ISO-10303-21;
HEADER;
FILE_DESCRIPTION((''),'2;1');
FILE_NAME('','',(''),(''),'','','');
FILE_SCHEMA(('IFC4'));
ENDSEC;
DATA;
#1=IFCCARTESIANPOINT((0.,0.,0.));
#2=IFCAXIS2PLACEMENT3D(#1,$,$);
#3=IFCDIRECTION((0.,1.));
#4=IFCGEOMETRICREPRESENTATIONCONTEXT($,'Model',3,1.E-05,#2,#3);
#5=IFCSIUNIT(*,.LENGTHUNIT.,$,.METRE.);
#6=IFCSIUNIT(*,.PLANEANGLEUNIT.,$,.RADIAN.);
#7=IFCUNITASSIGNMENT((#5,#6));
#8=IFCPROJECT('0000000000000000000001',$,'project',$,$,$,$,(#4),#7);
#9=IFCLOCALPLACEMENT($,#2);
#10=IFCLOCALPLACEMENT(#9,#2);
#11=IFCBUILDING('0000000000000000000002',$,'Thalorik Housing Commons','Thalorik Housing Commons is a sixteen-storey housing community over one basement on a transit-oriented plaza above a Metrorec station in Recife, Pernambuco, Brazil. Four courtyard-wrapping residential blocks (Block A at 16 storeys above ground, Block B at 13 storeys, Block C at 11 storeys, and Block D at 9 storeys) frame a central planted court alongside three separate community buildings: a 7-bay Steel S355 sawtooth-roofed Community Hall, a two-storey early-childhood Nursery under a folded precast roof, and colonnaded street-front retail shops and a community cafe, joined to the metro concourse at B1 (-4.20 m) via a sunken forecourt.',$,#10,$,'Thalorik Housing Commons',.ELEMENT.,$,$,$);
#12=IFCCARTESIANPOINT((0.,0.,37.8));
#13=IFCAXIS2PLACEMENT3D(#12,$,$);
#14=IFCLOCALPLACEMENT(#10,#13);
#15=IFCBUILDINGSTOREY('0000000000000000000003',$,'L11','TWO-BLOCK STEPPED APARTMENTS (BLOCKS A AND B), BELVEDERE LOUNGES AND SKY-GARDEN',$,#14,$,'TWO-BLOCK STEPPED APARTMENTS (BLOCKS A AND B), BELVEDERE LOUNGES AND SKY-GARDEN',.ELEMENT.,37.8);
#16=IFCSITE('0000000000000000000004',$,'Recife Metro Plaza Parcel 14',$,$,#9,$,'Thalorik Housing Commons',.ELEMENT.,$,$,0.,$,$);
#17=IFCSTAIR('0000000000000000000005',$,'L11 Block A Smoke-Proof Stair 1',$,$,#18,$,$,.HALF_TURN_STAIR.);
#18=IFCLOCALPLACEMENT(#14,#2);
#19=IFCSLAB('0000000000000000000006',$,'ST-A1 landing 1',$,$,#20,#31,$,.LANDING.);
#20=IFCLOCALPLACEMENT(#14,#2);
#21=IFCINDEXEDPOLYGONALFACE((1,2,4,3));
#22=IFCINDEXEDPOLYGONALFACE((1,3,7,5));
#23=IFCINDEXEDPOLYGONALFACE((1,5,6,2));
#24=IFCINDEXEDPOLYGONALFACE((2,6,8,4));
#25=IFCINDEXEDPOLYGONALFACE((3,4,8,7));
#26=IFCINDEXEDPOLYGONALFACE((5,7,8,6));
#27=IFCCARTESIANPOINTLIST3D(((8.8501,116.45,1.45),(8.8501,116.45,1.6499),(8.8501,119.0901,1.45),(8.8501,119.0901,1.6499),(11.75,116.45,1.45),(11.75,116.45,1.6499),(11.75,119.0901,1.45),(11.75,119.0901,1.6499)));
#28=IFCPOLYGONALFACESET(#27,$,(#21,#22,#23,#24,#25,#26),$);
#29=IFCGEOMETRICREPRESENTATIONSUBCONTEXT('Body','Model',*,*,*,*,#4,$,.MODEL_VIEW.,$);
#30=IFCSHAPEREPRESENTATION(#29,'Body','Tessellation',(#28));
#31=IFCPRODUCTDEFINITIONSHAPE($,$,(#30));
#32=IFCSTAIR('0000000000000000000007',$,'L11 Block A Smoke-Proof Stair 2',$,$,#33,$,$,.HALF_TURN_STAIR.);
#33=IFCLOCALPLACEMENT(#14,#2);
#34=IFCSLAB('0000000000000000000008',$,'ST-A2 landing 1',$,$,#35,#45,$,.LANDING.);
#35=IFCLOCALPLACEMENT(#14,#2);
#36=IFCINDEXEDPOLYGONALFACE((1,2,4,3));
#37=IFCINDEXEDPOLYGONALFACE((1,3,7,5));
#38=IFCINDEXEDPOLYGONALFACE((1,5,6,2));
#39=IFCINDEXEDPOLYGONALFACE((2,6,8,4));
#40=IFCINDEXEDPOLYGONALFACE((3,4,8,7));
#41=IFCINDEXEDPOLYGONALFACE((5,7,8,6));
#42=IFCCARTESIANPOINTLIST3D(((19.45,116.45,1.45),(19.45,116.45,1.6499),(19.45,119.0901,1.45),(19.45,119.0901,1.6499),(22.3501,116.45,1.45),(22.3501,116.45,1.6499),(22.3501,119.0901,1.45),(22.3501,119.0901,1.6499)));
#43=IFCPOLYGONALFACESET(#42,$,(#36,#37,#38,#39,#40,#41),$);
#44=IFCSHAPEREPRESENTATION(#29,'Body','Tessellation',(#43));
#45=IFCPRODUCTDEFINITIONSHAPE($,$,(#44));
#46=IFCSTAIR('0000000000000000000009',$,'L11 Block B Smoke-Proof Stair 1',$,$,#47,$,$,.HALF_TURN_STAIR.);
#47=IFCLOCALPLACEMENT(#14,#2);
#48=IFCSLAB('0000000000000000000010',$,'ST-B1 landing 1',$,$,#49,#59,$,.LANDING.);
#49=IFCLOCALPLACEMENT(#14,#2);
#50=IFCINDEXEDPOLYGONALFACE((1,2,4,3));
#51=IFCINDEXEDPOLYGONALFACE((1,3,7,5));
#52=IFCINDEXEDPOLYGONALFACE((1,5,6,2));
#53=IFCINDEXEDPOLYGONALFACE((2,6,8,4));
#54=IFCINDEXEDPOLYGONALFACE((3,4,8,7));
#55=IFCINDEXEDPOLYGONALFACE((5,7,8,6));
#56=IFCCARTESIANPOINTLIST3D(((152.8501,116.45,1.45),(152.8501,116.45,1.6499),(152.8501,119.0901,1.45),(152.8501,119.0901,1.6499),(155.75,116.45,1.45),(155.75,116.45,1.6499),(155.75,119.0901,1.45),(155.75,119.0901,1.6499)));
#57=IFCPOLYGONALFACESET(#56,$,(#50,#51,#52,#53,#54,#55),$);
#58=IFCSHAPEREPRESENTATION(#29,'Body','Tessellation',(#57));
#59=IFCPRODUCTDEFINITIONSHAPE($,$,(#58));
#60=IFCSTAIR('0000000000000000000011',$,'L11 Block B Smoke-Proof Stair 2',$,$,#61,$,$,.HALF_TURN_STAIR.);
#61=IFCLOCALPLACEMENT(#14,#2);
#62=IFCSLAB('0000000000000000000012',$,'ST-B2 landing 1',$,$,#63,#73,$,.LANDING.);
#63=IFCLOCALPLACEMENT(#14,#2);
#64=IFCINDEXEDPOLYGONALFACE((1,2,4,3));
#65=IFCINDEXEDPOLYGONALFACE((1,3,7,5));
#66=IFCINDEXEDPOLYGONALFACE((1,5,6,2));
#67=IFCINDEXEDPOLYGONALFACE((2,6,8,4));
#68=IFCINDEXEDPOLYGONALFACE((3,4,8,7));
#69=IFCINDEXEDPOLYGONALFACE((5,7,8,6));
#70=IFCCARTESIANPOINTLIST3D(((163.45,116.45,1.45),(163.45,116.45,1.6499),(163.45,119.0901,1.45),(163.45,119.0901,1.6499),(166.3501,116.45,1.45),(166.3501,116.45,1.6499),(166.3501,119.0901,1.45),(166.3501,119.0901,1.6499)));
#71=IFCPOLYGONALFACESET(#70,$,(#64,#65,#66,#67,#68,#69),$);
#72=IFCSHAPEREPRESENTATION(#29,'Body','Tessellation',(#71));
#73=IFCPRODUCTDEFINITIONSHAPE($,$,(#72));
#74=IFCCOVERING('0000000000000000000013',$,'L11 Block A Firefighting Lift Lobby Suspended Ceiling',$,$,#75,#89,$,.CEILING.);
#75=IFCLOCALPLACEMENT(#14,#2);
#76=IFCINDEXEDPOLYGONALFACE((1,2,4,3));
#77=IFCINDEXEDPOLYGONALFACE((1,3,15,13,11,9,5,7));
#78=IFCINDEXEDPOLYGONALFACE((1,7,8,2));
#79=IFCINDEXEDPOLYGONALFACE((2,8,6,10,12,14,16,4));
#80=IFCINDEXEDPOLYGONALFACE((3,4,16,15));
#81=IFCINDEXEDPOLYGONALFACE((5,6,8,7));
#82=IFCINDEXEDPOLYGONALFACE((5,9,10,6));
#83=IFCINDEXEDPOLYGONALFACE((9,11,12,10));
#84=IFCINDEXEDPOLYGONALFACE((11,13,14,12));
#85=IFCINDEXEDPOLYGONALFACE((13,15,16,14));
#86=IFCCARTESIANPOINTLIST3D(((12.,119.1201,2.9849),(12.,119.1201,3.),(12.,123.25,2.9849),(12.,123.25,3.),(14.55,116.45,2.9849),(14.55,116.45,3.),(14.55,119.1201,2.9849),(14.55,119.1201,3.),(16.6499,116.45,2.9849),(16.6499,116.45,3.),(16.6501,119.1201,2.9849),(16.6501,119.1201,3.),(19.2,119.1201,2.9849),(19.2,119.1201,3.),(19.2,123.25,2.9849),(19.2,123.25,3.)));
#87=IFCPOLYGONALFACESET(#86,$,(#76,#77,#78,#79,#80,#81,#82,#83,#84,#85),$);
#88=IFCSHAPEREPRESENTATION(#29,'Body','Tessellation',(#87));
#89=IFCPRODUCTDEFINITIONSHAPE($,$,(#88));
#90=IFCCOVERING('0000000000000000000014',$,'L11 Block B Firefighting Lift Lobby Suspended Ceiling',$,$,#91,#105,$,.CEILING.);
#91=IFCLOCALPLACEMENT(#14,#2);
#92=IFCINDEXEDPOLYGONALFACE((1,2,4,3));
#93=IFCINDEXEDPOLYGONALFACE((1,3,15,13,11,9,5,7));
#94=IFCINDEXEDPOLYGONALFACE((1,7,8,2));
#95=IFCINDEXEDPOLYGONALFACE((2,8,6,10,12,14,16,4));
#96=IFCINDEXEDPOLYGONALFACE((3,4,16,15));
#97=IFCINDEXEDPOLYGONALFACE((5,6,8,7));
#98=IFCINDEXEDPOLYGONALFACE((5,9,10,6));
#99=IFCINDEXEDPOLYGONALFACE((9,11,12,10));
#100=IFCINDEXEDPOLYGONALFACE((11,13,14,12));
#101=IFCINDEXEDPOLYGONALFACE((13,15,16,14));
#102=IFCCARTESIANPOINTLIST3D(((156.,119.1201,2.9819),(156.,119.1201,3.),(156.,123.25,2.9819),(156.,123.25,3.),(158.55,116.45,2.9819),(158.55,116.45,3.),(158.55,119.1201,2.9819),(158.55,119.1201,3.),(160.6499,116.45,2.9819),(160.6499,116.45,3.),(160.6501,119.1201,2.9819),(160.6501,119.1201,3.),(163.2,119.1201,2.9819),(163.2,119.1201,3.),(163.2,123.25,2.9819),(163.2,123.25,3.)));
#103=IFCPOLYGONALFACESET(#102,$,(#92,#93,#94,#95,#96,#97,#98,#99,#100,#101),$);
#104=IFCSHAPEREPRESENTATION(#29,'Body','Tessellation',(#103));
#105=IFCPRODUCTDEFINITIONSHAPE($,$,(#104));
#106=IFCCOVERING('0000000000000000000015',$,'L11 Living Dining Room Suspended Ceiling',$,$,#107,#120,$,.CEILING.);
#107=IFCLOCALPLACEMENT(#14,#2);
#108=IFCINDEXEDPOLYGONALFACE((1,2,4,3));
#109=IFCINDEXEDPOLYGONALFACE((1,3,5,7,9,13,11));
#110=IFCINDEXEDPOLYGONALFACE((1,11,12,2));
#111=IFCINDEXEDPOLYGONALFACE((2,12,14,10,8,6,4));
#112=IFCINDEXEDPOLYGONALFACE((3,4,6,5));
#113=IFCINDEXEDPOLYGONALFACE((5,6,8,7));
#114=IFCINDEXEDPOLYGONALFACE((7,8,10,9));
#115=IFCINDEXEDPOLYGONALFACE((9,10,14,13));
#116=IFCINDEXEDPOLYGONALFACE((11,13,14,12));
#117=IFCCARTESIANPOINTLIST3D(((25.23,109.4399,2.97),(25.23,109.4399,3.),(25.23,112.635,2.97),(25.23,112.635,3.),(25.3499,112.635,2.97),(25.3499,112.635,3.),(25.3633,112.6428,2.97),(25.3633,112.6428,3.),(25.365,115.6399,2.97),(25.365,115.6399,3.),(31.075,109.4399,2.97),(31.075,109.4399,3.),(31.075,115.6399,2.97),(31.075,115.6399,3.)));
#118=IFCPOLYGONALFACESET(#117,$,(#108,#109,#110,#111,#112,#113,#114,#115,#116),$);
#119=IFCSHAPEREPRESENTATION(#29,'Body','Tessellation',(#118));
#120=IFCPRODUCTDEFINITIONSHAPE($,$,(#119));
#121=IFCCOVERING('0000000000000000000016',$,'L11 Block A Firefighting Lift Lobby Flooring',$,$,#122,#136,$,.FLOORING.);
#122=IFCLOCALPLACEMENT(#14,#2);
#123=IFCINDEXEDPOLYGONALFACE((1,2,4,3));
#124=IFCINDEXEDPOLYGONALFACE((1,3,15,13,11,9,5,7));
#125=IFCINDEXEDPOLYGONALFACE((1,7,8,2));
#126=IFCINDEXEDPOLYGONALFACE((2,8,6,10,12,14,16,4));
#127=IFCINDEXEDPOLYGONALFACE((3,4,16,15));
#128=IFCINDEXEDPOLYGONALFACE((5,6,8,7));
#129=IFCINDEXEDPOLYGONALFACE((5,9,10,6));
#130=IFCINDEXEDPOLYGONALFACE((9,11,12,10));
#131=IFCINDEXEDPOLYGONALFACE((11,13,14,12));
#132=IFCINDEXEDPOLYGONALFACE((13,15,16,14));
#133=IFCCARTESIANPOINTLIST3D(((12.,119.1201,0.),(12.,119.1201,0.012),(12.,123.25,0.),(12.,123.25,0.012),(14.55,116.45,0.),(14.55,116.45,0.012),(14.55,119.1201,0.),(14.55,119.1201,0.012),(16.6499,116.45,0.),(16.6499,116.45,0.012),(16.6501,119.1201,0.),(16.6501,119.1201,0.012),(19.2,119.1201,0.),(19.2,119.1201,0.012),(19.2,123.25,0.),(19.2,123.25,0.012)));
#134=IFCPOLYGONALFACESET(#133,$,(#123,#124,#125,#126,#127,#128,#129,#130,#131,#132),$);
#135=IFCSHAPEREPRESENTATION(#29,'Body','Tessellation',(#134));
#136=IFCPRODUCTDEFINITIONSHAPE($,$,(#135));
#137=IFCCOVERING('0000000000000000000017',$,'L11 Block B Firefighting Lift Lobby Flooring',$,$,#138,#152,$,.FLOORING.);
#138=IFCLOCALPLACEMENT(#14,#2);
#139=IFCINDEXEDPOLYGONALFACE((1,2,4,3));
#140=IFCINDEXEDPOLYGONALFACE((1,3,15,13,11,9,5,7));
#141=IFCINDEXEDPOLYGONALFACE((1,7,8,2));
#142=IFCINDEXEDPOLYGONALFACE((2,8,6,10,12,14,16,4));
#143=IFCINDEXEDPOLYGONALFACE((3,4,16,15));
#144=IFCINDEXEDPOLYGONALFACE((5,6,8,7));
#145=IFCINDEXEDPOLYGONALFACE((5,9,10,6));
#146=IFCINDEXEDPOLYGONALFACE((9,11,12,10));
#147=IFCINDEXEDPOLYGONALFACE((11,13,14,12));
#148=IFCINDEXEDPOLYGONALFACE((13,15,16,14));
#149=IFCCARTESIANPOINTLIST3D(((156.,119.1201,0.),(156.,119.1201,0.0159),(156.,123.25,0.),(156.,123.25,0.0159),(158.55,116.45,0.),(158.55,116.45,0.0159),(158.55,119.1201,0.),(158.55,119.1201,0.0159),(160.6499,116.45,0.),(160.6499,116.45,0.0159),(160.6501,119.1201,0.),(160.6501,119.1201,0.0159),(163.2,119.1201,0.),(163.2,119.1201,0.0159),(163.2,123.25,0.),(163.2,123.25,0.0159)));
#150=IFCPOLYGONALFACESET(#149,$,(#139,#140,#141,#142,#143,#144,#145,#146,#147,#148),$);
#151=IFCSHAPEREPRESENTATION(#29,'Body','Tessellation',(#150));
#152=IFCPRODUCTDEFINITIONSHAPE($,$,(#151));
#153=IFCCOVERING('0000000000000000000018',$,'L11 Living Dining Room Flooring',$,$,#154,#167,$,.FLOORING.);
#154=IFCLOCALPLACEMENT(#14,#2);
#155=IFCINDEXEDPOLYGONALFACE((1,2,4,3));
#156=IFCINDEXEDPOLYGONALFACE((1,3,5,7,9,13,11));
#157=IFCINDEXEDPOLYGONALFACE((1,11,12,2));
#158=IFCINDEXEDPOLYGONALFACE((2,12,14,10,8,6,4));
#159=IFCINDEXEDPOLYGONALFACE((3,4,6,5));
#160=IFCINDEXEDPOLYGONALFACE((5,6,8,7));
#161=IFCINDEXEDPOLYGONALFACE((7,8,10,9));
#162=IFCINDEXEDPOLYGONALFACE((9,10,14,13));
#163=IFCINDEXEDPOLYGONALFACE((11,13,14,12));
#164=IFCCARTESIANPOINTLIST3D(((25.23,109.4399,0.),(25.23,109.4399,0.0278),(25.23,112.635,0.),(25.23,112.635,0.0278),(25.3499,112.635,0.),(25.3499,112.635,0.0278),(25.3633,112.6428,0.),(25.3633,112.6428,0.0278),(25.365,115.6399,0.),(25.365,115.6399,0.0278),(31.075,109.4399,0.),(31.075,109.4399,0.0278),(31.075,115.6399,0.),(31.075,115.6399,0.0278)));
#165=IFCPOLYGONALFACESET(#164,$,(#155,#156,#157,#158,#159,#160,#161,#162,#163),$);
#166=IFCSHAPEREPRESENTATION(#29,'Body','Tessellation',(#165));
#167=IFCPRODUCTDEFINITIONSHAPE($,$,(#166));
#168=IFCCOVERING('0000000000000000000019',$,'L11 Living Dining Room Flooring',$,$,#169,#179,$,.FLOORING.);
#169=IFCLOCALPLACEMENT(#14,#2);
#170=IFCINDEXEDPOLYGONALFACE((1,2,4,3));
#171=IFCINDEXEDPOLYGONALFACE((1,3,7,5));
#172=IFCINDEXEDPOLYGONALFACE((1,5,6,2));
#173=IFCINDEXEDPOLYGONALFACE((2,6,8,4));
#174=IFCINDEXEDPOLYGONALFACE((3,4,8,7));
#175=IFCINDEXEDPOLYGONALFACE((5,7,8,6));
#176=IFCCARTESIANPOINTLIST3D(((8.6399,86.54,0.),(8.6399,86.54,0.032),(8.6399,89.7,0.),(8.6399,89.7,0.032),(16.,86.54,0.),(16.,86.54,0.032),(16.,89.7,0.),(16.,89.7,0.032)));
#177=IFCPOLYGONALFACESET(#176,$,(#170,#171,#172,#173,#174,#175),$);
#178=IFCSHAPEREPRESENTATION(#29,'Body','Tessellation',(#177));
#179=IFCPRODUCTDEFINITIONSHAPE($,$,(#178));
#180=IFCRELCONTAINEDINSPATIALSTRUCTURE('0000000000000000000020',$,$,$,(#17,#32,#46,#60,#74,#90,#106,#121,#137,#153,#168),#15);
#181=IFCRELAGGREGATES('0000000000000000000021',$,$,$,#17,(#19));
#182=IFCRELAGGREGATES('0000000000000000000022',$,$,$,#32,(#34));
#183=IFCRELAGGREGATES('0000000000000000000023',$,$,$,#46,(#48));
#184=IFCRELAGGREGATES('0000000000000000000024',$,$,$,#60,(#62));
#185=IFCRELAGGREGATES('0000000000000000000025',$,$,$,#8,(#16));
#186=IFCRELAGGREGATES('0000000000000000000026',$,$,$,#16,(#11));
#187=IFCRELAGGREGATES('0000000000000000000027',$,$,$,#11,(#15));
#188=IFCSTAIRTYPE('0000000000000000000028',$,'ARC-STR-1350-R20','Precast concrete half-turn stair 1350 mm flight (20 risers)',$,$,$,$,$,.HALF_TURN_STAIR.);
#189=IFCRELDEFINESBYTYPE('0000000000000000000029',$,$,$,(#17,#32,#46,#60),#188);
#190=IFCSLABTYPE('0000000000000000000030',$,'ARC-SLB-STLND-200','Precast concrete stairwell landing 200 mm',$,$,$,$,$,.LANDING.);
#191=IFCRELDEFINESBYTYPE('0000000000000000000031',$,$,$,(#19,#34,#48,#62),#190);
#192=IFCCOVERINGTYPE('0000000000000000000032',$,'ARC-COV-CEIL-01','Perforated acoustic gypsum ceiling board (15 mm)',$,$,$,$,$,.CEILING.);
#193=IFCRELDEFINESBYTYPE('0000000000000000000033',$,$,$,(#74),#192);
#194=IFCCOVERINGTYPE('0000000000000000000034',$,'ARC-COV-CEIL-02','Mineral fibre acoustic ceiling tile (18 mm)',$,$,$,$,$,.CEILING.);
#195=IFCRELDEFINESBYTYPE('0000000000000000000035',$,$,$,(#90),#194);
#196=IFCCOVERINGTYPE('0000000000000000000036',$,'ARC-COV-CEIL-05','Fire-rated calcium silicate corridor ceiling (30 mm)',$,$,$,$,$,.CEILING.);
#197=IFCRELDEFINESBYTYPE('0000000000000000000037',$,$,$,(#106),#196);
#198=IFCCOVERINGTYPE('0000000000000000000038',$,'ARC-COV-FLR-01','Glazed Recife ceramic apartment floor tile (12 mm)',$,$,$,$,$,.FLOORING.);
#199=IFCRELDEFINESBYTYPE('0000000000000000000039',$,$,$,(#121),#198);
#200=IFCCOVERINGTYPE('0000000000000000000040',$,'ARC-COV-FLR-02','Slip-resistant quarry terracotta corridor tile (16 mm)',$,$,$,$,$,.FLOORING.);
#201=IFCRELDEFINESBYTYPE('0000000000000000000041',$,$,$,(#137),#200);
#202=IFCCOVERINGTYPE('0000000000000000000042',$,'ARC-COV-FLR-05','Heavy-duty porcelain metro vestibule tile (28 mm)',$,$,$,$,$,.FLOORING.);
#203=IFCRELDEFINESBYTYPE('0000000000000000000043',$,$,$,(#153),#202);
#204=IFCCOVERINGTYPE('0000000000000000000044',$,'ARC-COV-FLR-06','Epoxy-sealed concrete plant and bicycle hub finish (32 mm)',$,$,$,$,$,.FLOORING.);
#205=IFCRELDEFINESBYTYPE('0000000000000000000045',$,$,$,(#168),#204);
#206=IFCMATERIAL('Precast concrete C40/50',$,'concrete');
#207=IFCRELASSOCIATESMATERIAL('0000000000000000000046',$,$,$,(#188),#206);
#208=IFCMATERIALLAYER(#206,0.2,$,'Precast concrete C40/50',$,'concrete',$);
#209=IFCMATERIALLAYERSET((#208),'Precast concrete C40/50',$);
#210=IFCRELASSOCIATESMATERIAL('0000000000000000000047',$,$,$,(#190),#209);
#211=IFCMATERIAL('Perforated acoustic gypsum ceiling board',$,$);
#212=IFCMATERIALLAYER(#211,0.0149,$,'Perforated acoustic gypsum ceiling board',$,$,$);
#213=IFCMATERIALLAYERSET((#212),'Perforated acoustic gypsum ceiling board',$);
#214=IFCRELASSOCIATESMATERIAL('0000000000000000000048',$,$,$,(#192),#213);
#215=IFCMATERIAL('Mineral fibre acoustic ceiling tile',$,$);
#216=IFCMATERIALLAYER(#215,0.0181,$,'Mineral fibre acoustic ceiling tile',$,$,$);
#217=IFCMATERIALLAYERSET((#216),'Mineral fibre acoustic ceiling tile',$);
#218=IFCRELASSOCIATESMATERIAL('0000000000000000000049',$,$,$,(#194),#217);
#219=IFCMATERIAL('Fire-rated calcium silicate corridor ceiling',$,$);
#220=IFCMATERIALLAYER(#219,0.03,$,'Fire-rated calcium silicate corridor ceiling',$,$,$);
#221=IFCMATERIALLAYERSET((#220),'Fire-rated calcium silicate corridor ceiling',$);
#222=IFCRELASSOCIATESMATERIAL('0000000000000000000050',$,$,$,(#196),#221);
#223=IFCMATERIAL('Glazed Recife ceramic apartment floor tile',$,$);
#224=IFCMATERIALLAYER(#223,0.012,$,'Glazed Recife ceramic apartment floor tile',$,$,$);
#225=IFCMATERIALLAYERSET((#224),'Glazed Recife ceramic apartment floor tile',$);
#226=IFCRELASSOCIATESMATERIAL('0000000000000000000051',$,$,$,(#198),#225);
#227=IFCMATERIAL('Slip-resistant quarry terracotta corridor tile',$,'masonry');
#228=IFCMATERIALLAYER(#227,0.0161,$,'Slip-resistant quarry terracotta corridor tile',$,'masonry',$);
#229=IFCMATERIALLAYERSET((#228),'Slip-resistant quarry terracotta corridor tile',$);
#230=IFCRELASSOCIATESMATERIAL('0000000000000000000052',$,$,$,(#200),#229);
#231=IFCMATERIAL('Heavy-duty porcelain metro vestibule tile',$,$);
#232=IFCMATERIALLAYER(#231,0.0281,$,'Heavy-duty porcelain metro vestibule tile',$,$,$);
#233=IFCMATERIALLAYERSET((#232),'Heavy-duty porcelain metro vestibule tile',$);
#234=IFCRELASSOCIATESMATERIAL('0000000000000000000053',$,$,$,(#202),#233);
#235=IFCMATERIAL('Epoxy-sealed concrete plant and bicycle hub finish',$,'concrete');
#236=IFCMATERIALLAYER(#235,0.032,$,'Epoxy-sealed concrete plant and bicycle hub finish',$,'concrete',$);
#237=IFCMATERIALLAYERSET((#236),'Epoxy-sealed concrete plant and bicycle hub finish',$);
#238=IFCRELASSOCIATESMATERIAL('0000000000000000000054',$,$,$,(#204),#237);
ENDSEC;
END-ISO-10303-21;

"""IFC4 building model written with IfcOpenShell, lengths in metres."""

from ifc_helpers import new_model, si_unit, direction, frame, origin, place, context, subcontext, project, spatial, polyline, outline, extrude, material, layer, layer_set, type_object, element, aggregate, save


model = new_model("IFC4")

# Units and contexts
model_context = context("Model", 3, precision=1e-05, world=origin(), true_north=direction((0.0, 1.0)))
body_context = subcontext(model_context, "Body", "Model", "MODEL_VIEW")
ifc_project = project(units=[si_unit("LENGTHUNIT", "METRE"), si_unit("PLANEANGLEUNIT", "RADIAN")], contexts=[model_context])

# Site, building, storey
site_placement = place(None, origin())
site = spatial("IfcSite", under=ifc_project, at=site_placement, Name="Recife Metro Plaza Parcel 14", LongName="Thalorik Housing Commons", CompositionType="ELEMENT", RefElevation=0.0)
building_placement = place(site_placement, origin())
building = spatial("IfcBuilding", under=site, at=building_placement, Name="Thalorik Housing Commons", Description="Thalorik Housing Commons is a sixteen-storey housing community over one basement on a transit-oriented plaza above a Metrorec station in Recife, Pernambuco, Brazil. Four courtyard-wrapping residential blocks (Block A at 16 storeys above ground, Block B at 13 storeys, Block C at 11 storeys, and Block D at 9 storeys) frame a central planted court alongside three separate community buildings: a 7-bay Steel S355 sawtooth-roofed Community Hall, a two-storey early-childhood Nursery under a folded precast roof, and colonnaded street-front retail shops and a community cafe, joined to the metro concourse at B1 (-4.20 m) via a sunken forecourt.", LongName="Thalorik Housing Commons", CompositionType="ELEMENT")
storey_placement = place(building_placement, frame((0.0, 0.0, 37.8)))
storey = spatial("IfcBuildingStorey", under=building, at=storey_placement, Name="L11", Description="TWO-BLOCK STEPPED APARTMENTS (BLOCKS A AND B), BELVEDERE LOUNGES AND SKY-GARDEN", LongName="TWO-BLOCK STEPPED APARTMENTS (BLOCKS A AND B), BELVEDERE LOUNGES AND SKY-GARDEN", CompositionType="ELEMENT", Elevation=37.8)

# Stairs, slabs
ifc_material_1 = material(Name="Precast concrete C40/50", Category="concrete")
stair_type = type_object("IfcStairType", Name="ARC-STR-1350-R20", Description="Precast concrete half-turn stair 1350 mm flight (20 risers)", PredefinedType="HALF_TURN_STAIR", material=ifc_material_1)
stair_1_placement = place(storey_placement, origin())
stair_1 = element("IfcStair", 1, at=stair_1_placement, inside=storey, type_object=stair_type, Name="L11 Block A Smoke-Proof Stair 1", PredefinedType="HALF_TURN_STAIR")
ifc_layer_1 = layer(ifc_material_1, 0.2, Name="Precast concrete C40/50", Category="concrete")
ifc_layer_set_1 = layer_set([ifc_layer_1], Name="Precast concrete C40/50")
slab_type = type_object("IfcSlabType", Name="ARC-SLB-STLND-200", Description="Precast concrete stairwell landing 200 mm", PredefinedType="LANDING", material=ifc_layer_set_1)
slab_1_placement = place(storey_placement, frame((0.0, 0.0, 1.45)))
slab_1 = element("IfcSlab", 2, at=slab_1_placement, type_object=slab_type, Name="ST-A1 landing 1", PredefinedType="LANDING", context=body_context, shape_type="SweptSolid", body=[
    extrude(outline(polyline([(8.8501, 119.0901), (8.8501, 116.45), (11.75, 116.45), (11.75, 119.0901), (8.8501, 119.0901)])), origin(), (0.0, 0.0, 1.0), 0.2),
])
aggregate(stair_1, [slab_1])
stair_2_placement = place(storey_placement, origin())
stair_2 = element("IfcStair", 3, at=stair_2_placement, inside=storey, type_object=stair_type, Name="L11 Block A Smoke-Proof Stair 2", PredefinedType="HALF_TURN_STAIR")
slab_2_placement = place(storey_placement, frame((0.0, 0.0, 1.45)))
slab_2 = element("IfcSlab", 4, at=slab_2_placement, type_object=slab_type, Name="ST-A2 landing 1", PredefinedType="LANDING", context=body_context, shape_type="SweptSolid", body=[
    extrude(outline(polyline([(19.45, 119.0901), (19.45, 116.45), (22.3501, 116.45), (22.3501, 119.0901), (19.45, 119.0901)])), origin(), (0.0, 0.0, 1.0), 0.2),
])
aggregate(stair_2, [slab_2])
stair_3_placement = place(storey_placement, origin())
stair_3 = element("IfcStair", 5, at=stair_3_placement, inside=storey, type_object=stair_type, Name="L11 Block B Smoke-Proof Stair 1", PredefinedType="HALF_TURN_STAIR")
slab_3_placement = place(storey_placement, frame((0.0, 0.0, 1.45)))
slab_3 = element("IfcSlab", 6, at=slab_3_placement, type_object=slab_type, Name="ST-B1 landing 1", PredefinedType="LANDING", context=body_context, shape_type="SweptSolid", body=[
    extrude(outline(polyline([(152.8501, 119.0901), (152.8501, 116.45), (155.75, 116.45), (155.75, 119.0901), (152.8501, 119.0901)])), origin(), (0.0, 0.0, 1.0), 0.2),
])
aggregate(stair_3, [slab_3])
stair_4_placement = place(storey_placement, origin())
stair_4 = element("IfcStair", 7, at=stair_4_placement, inside=storey, type_object=stair_type, Name="L11 Block B Smoke-Proof Stair 2", PredefinedType="HALF_TURN_STAIR")
slab_4_placement = place(storey_placement, frame((0.0, 0.0, 1.45)))
slab_4 = element("IfcSlab", 8, at=slab_4_placement, type_object=slab_type, Name="ST-B2 landing 1", PredefinedType="LANDING", context=body_context, shape_type="SweptSolid", body=[
    extrude(outline(polyline([(163.45, 119.0901), (163.45, 116.45), (166.3501, 116.45), (166.3501, 119.0901), (163.45, 119.0901)])), origin(), (0.0, 0.0, 1.0), 0.2),
])
aggregate(stair_4, [slab_4])

# Coverings
ifc_material_2 = material(Name="Perforated acoustic gypsum ceiling board")
ifc_layer_2 = layer(ifc_material_2, 0.0149, Name="Perforated acoustic gypsum ceiling board")
ifc_layer_set_2 = layer_set([ifc_layer_2], Name="Perforated acoustic gypsum ceiling board")
covering_type_1 = type_object("IfcCoveringType", Name="ARC-COV-CEIL-01", Description="Perforated acoustic gypsum ceiling board (15 mm)", PredefinedType="CEILING", material=ifc_layer_set_2)
covering_1_placement = place(storey_placement, frame((0.0, 0.0, 2.9849)))
element("IfcCovering", 9, at=covering_1_placement, inside=storey, type_object=covering_type_1, Name="L11 Block A Firefighting Lift Lobby Suspended Ceiling", PredefinedType="CEILING", context=body_context, shape_type="SweptSolid", body=[
    extrude(outline(polyline([(14.55, 116.45), (16.6499, 116.45), (16.6501, 119.1201), (19.2, 119.1201), (19.2, 123.25), (12.0, 123.25), (12.0, 119.1201), (14.55, 119.1201), (14.55, 116.45)])), origin(), (0.0, 0.0, 1.0), 0.0151),
])
ifc_material_3 = material(Name="Mineral fibre acoustic ceiling tile")
ifc_layer_3 = layer(ifc_material_3, 0.0181, Name="Mineral fibre acoustic ceiling tile")
ifc_layer_set_3 = layer_set([ifc_layer_3], Name="Mineral fibre acoustic ceiling tile")
covering_type_2 = type_object("IfcCoveringType", Name="ARC-COV-CEIL-02", Description="Mineral fibre acoustic ceiling tile (18 mm)", PredefinedType="CEILING", material=ifc_layer_set_3)
covering_2_placement = place(storey_placement, frame((0.0, 0.0, 2.9819)))
element("IfcCovering", 10, at=covering_2_placement, inside=storey, type_object=covering_type_2, Name="L11 Block B Firefighting Lift Lobby Suspended Ceiling", PredefinedType="CEILING", context=body_context, shape_type="SweptSolid", body=[
    extrude(outline(polyline([(158.55, 116.45), (160.6499, 116.45), (160.6501, 119.1201), (163.2, 119.1201), (163.2, 123.25), (156.0, 123.25), (156.0, 119.1201), (158.55, 119.1201), (158.55, 116.45)])), origin(), (0.0, 0.0, 1.0), 0.0181),
])
ifc_material_4 = material(Name="Fire-rated calcium silicate corridor ceiling")
ifc_layer_4 = layer(ifc_material_4, 0.03, Name="Fire-rated calcium silicate corridor ceiling")
ifc_layer_set_4 = layer_set([ifc_layer_4], Name="Fire-rated calcium silicate corridor ceiling")
covering_type_3 = type_object("IfcCoveringType", Name="ARC-COV-CEIL-05", Description="Fire-rated calcium silicate corridor ceiling (30 mm)", PredefinedType="CEILING", material=ifc_layer_set_4)
covering_3_placement = place(storey_placement, frame((0.0, 0.0, 2.97)))
element("IfcCovering", 11, at=covering_3_placement, inside=storey, type_object=covering_type_3, Name="L11 Living Dining Room Suspended Ceiling", PredefinedType="CEILING", context=body_context, shape_type="SweptSolid", body=[
    extrude(outline(polyline([(25.23, 109.4399), (31.075, 109.4399), (31.075, 115.6399), (25.365, 115.6399), (25.3633, 112.6428), (25.3499, 112.635), (25.23, 112.635), (25.23, 109.4399)])), origin(), (0.0, 0.0, 1.0), 0.03),
])
ifc_material_5 = material(Name="Glazed Recife ceramic apartment floor tile")
ifc_layer_5 = layer(ifc_material_5, 0.012, Name="Glazed Recife ceramic apartment floor tile")
ifc_layer_set_5 = layer_set([ifc_layer_5], Name="Glazed Recife ceramic apartment floor tile")
covering_type_4 = type_object("IfcCoveringType", Name="ARC-COV-FLR-01", Description="Glazed Recife ceramic apartment floor tile (12 mm)", PredefinedType="FLOORING", material=ifc_layer_set_5)
covering_4_placement = place(storey_placement, origin())
element("IfcCovering", 12, at=covering_4_placement, inside=storey, type_object=covering_type_4, Name="L11 Block A Firefighting Lift Lobby Flooring", PredefinedType="FLOORING", context=body_context, shape_type="SweptSolid", body=[
    extrude(outline(polyline([(14.55, 116.45), (16.6499, 116.45), (16.6501, 119.1201), (19.2, 119.1201), (19.2, 123.25), (12.0, 123.25), (12.0, 119.1201), (14.55, 119.1201), (14.55, 116.45)])), origin(), (0.0, 0.0, 1.0), 0.012),
])
ifc_material_6 = material(Name="Slip-resistant quarry terracotta corridor tile", Category="masonry")
ifc_layer_6 = layer(ifc_material_6, 0.0161, Name="Slip-resistant quarry terracotta corridor tile", Category="masonry")
ifc_layer_set_6 = layer_set([ifc_layer_6], Name="Slip-resistant quarry terracotta corridor tile")
covering_type_5 = type_object("IfcCoveringType", Name="ARC-COV-FLR-02", Description="Slip-resistant quarry terracotta corridor tile (16 mm)", PredefinedType="FLOORING", material=ifc_layer_set_6)
covering_5_placement = place(storey_placement, origin())
element("IfcCovering", 13, at=covering_5_placement, inside=storey, type_object=covering_type_5, Name="L11 Block B Firefighting Lift Lobby Flooring", PredefinedType="FLOORING", context=body_context, shape_type="SweptSolid", body=[
    extrude(outline(polyline([(158.55, 116.45), (160.6499, 116.45), (160.6501, 119.1201), (163.2, 119.1201), (163.2, 123.25), (156.0, 123.25), (156.0, 119.1201), (158.55, 119.1201), (158.55, 116.45)])), origin(), (0.0, 0.0, 1.0), 0.0159),
])
ifc_material_7 = material(Name="Heavy-duty porcelain metro vestibule tile")
ifc_layer_7 = layer(ifc_material_7, 0.0281, Name="Heavy-duty porcelain metro vestibule tile")
ifc_layer_set_7 = layer_set([ifc_layer_7], Name="Heavy-duty porcelain metro vestibule tile")
covering_type_6 = type_object("IfcCoveringType", Name="ARC-COV-FLR-05", Description="Heavy-duty porcelain metro vestibule tile (28 mm)", PredefinedType="FLOORING", material=ifc_layer_set_7)
covering_6_placement = place(storey_placement, origin())
element("IfcCovering", 14, at=covering_6_placement, inside=storey, type_object=covering_type_6, Name="L11 Living Dining Room Flooring", PredefinedType="FLOORING", context=body_context, shape_type="SweptSolid", body=[
    extrude(outline(polyline([(25.23, 109.4399), (31.075, 109.4399), (31.075, 115.6399), (25.365, 115.6399), (25.3633, 112.6428), (25.3499, 112.635), (25.23, 112.635), (25.23, 109.4399)])), origin(), (0.0, 0.0, 1.0), 0.0278),
])
ifc_material_8 = material(Name="Epoxy-sealed concrete plant and bicycle hub finish", Category="concrete")
ifc_layer_8 = layer(ifc_material_8, 0.032, Name="Epoxy-sealed concrete plant and bicycle hub finish", Category="concrete")
ifc_layer_set_8 = layer_set([ifc_layer_8], Name="Epoxy-sealed concrete plant and bicycle hub finish")
covering_type_7 = type_object("IfcCoveringType", Name="ARC-COV-FLR-06", Description="Epoxy-sealed concrete plant and bicycle hub finish (32 mm)", PredefinedType="FLOORING", material=ifc_layer_set_8)
covering_7_placement = place(storey_placement, origin())
element("IfcCovering", 15, at=covering_7_placement, inside=storey, type_object=covering_type_7, Name="L11 Living Dining Room Flooring", PredefinedType="FLOORING", context=body_context, shape_type="SweptSolid", body=[
    extrude(outline(polyline([(16.0, 89.7), (8.6399, 89.7), (8.6399, 86.54), (16.0, 86.54), (16.0, 89.7)])), origin(), (0.0, 0.0, 1.0), 0.032),
])

save(model, "model.ifc")
